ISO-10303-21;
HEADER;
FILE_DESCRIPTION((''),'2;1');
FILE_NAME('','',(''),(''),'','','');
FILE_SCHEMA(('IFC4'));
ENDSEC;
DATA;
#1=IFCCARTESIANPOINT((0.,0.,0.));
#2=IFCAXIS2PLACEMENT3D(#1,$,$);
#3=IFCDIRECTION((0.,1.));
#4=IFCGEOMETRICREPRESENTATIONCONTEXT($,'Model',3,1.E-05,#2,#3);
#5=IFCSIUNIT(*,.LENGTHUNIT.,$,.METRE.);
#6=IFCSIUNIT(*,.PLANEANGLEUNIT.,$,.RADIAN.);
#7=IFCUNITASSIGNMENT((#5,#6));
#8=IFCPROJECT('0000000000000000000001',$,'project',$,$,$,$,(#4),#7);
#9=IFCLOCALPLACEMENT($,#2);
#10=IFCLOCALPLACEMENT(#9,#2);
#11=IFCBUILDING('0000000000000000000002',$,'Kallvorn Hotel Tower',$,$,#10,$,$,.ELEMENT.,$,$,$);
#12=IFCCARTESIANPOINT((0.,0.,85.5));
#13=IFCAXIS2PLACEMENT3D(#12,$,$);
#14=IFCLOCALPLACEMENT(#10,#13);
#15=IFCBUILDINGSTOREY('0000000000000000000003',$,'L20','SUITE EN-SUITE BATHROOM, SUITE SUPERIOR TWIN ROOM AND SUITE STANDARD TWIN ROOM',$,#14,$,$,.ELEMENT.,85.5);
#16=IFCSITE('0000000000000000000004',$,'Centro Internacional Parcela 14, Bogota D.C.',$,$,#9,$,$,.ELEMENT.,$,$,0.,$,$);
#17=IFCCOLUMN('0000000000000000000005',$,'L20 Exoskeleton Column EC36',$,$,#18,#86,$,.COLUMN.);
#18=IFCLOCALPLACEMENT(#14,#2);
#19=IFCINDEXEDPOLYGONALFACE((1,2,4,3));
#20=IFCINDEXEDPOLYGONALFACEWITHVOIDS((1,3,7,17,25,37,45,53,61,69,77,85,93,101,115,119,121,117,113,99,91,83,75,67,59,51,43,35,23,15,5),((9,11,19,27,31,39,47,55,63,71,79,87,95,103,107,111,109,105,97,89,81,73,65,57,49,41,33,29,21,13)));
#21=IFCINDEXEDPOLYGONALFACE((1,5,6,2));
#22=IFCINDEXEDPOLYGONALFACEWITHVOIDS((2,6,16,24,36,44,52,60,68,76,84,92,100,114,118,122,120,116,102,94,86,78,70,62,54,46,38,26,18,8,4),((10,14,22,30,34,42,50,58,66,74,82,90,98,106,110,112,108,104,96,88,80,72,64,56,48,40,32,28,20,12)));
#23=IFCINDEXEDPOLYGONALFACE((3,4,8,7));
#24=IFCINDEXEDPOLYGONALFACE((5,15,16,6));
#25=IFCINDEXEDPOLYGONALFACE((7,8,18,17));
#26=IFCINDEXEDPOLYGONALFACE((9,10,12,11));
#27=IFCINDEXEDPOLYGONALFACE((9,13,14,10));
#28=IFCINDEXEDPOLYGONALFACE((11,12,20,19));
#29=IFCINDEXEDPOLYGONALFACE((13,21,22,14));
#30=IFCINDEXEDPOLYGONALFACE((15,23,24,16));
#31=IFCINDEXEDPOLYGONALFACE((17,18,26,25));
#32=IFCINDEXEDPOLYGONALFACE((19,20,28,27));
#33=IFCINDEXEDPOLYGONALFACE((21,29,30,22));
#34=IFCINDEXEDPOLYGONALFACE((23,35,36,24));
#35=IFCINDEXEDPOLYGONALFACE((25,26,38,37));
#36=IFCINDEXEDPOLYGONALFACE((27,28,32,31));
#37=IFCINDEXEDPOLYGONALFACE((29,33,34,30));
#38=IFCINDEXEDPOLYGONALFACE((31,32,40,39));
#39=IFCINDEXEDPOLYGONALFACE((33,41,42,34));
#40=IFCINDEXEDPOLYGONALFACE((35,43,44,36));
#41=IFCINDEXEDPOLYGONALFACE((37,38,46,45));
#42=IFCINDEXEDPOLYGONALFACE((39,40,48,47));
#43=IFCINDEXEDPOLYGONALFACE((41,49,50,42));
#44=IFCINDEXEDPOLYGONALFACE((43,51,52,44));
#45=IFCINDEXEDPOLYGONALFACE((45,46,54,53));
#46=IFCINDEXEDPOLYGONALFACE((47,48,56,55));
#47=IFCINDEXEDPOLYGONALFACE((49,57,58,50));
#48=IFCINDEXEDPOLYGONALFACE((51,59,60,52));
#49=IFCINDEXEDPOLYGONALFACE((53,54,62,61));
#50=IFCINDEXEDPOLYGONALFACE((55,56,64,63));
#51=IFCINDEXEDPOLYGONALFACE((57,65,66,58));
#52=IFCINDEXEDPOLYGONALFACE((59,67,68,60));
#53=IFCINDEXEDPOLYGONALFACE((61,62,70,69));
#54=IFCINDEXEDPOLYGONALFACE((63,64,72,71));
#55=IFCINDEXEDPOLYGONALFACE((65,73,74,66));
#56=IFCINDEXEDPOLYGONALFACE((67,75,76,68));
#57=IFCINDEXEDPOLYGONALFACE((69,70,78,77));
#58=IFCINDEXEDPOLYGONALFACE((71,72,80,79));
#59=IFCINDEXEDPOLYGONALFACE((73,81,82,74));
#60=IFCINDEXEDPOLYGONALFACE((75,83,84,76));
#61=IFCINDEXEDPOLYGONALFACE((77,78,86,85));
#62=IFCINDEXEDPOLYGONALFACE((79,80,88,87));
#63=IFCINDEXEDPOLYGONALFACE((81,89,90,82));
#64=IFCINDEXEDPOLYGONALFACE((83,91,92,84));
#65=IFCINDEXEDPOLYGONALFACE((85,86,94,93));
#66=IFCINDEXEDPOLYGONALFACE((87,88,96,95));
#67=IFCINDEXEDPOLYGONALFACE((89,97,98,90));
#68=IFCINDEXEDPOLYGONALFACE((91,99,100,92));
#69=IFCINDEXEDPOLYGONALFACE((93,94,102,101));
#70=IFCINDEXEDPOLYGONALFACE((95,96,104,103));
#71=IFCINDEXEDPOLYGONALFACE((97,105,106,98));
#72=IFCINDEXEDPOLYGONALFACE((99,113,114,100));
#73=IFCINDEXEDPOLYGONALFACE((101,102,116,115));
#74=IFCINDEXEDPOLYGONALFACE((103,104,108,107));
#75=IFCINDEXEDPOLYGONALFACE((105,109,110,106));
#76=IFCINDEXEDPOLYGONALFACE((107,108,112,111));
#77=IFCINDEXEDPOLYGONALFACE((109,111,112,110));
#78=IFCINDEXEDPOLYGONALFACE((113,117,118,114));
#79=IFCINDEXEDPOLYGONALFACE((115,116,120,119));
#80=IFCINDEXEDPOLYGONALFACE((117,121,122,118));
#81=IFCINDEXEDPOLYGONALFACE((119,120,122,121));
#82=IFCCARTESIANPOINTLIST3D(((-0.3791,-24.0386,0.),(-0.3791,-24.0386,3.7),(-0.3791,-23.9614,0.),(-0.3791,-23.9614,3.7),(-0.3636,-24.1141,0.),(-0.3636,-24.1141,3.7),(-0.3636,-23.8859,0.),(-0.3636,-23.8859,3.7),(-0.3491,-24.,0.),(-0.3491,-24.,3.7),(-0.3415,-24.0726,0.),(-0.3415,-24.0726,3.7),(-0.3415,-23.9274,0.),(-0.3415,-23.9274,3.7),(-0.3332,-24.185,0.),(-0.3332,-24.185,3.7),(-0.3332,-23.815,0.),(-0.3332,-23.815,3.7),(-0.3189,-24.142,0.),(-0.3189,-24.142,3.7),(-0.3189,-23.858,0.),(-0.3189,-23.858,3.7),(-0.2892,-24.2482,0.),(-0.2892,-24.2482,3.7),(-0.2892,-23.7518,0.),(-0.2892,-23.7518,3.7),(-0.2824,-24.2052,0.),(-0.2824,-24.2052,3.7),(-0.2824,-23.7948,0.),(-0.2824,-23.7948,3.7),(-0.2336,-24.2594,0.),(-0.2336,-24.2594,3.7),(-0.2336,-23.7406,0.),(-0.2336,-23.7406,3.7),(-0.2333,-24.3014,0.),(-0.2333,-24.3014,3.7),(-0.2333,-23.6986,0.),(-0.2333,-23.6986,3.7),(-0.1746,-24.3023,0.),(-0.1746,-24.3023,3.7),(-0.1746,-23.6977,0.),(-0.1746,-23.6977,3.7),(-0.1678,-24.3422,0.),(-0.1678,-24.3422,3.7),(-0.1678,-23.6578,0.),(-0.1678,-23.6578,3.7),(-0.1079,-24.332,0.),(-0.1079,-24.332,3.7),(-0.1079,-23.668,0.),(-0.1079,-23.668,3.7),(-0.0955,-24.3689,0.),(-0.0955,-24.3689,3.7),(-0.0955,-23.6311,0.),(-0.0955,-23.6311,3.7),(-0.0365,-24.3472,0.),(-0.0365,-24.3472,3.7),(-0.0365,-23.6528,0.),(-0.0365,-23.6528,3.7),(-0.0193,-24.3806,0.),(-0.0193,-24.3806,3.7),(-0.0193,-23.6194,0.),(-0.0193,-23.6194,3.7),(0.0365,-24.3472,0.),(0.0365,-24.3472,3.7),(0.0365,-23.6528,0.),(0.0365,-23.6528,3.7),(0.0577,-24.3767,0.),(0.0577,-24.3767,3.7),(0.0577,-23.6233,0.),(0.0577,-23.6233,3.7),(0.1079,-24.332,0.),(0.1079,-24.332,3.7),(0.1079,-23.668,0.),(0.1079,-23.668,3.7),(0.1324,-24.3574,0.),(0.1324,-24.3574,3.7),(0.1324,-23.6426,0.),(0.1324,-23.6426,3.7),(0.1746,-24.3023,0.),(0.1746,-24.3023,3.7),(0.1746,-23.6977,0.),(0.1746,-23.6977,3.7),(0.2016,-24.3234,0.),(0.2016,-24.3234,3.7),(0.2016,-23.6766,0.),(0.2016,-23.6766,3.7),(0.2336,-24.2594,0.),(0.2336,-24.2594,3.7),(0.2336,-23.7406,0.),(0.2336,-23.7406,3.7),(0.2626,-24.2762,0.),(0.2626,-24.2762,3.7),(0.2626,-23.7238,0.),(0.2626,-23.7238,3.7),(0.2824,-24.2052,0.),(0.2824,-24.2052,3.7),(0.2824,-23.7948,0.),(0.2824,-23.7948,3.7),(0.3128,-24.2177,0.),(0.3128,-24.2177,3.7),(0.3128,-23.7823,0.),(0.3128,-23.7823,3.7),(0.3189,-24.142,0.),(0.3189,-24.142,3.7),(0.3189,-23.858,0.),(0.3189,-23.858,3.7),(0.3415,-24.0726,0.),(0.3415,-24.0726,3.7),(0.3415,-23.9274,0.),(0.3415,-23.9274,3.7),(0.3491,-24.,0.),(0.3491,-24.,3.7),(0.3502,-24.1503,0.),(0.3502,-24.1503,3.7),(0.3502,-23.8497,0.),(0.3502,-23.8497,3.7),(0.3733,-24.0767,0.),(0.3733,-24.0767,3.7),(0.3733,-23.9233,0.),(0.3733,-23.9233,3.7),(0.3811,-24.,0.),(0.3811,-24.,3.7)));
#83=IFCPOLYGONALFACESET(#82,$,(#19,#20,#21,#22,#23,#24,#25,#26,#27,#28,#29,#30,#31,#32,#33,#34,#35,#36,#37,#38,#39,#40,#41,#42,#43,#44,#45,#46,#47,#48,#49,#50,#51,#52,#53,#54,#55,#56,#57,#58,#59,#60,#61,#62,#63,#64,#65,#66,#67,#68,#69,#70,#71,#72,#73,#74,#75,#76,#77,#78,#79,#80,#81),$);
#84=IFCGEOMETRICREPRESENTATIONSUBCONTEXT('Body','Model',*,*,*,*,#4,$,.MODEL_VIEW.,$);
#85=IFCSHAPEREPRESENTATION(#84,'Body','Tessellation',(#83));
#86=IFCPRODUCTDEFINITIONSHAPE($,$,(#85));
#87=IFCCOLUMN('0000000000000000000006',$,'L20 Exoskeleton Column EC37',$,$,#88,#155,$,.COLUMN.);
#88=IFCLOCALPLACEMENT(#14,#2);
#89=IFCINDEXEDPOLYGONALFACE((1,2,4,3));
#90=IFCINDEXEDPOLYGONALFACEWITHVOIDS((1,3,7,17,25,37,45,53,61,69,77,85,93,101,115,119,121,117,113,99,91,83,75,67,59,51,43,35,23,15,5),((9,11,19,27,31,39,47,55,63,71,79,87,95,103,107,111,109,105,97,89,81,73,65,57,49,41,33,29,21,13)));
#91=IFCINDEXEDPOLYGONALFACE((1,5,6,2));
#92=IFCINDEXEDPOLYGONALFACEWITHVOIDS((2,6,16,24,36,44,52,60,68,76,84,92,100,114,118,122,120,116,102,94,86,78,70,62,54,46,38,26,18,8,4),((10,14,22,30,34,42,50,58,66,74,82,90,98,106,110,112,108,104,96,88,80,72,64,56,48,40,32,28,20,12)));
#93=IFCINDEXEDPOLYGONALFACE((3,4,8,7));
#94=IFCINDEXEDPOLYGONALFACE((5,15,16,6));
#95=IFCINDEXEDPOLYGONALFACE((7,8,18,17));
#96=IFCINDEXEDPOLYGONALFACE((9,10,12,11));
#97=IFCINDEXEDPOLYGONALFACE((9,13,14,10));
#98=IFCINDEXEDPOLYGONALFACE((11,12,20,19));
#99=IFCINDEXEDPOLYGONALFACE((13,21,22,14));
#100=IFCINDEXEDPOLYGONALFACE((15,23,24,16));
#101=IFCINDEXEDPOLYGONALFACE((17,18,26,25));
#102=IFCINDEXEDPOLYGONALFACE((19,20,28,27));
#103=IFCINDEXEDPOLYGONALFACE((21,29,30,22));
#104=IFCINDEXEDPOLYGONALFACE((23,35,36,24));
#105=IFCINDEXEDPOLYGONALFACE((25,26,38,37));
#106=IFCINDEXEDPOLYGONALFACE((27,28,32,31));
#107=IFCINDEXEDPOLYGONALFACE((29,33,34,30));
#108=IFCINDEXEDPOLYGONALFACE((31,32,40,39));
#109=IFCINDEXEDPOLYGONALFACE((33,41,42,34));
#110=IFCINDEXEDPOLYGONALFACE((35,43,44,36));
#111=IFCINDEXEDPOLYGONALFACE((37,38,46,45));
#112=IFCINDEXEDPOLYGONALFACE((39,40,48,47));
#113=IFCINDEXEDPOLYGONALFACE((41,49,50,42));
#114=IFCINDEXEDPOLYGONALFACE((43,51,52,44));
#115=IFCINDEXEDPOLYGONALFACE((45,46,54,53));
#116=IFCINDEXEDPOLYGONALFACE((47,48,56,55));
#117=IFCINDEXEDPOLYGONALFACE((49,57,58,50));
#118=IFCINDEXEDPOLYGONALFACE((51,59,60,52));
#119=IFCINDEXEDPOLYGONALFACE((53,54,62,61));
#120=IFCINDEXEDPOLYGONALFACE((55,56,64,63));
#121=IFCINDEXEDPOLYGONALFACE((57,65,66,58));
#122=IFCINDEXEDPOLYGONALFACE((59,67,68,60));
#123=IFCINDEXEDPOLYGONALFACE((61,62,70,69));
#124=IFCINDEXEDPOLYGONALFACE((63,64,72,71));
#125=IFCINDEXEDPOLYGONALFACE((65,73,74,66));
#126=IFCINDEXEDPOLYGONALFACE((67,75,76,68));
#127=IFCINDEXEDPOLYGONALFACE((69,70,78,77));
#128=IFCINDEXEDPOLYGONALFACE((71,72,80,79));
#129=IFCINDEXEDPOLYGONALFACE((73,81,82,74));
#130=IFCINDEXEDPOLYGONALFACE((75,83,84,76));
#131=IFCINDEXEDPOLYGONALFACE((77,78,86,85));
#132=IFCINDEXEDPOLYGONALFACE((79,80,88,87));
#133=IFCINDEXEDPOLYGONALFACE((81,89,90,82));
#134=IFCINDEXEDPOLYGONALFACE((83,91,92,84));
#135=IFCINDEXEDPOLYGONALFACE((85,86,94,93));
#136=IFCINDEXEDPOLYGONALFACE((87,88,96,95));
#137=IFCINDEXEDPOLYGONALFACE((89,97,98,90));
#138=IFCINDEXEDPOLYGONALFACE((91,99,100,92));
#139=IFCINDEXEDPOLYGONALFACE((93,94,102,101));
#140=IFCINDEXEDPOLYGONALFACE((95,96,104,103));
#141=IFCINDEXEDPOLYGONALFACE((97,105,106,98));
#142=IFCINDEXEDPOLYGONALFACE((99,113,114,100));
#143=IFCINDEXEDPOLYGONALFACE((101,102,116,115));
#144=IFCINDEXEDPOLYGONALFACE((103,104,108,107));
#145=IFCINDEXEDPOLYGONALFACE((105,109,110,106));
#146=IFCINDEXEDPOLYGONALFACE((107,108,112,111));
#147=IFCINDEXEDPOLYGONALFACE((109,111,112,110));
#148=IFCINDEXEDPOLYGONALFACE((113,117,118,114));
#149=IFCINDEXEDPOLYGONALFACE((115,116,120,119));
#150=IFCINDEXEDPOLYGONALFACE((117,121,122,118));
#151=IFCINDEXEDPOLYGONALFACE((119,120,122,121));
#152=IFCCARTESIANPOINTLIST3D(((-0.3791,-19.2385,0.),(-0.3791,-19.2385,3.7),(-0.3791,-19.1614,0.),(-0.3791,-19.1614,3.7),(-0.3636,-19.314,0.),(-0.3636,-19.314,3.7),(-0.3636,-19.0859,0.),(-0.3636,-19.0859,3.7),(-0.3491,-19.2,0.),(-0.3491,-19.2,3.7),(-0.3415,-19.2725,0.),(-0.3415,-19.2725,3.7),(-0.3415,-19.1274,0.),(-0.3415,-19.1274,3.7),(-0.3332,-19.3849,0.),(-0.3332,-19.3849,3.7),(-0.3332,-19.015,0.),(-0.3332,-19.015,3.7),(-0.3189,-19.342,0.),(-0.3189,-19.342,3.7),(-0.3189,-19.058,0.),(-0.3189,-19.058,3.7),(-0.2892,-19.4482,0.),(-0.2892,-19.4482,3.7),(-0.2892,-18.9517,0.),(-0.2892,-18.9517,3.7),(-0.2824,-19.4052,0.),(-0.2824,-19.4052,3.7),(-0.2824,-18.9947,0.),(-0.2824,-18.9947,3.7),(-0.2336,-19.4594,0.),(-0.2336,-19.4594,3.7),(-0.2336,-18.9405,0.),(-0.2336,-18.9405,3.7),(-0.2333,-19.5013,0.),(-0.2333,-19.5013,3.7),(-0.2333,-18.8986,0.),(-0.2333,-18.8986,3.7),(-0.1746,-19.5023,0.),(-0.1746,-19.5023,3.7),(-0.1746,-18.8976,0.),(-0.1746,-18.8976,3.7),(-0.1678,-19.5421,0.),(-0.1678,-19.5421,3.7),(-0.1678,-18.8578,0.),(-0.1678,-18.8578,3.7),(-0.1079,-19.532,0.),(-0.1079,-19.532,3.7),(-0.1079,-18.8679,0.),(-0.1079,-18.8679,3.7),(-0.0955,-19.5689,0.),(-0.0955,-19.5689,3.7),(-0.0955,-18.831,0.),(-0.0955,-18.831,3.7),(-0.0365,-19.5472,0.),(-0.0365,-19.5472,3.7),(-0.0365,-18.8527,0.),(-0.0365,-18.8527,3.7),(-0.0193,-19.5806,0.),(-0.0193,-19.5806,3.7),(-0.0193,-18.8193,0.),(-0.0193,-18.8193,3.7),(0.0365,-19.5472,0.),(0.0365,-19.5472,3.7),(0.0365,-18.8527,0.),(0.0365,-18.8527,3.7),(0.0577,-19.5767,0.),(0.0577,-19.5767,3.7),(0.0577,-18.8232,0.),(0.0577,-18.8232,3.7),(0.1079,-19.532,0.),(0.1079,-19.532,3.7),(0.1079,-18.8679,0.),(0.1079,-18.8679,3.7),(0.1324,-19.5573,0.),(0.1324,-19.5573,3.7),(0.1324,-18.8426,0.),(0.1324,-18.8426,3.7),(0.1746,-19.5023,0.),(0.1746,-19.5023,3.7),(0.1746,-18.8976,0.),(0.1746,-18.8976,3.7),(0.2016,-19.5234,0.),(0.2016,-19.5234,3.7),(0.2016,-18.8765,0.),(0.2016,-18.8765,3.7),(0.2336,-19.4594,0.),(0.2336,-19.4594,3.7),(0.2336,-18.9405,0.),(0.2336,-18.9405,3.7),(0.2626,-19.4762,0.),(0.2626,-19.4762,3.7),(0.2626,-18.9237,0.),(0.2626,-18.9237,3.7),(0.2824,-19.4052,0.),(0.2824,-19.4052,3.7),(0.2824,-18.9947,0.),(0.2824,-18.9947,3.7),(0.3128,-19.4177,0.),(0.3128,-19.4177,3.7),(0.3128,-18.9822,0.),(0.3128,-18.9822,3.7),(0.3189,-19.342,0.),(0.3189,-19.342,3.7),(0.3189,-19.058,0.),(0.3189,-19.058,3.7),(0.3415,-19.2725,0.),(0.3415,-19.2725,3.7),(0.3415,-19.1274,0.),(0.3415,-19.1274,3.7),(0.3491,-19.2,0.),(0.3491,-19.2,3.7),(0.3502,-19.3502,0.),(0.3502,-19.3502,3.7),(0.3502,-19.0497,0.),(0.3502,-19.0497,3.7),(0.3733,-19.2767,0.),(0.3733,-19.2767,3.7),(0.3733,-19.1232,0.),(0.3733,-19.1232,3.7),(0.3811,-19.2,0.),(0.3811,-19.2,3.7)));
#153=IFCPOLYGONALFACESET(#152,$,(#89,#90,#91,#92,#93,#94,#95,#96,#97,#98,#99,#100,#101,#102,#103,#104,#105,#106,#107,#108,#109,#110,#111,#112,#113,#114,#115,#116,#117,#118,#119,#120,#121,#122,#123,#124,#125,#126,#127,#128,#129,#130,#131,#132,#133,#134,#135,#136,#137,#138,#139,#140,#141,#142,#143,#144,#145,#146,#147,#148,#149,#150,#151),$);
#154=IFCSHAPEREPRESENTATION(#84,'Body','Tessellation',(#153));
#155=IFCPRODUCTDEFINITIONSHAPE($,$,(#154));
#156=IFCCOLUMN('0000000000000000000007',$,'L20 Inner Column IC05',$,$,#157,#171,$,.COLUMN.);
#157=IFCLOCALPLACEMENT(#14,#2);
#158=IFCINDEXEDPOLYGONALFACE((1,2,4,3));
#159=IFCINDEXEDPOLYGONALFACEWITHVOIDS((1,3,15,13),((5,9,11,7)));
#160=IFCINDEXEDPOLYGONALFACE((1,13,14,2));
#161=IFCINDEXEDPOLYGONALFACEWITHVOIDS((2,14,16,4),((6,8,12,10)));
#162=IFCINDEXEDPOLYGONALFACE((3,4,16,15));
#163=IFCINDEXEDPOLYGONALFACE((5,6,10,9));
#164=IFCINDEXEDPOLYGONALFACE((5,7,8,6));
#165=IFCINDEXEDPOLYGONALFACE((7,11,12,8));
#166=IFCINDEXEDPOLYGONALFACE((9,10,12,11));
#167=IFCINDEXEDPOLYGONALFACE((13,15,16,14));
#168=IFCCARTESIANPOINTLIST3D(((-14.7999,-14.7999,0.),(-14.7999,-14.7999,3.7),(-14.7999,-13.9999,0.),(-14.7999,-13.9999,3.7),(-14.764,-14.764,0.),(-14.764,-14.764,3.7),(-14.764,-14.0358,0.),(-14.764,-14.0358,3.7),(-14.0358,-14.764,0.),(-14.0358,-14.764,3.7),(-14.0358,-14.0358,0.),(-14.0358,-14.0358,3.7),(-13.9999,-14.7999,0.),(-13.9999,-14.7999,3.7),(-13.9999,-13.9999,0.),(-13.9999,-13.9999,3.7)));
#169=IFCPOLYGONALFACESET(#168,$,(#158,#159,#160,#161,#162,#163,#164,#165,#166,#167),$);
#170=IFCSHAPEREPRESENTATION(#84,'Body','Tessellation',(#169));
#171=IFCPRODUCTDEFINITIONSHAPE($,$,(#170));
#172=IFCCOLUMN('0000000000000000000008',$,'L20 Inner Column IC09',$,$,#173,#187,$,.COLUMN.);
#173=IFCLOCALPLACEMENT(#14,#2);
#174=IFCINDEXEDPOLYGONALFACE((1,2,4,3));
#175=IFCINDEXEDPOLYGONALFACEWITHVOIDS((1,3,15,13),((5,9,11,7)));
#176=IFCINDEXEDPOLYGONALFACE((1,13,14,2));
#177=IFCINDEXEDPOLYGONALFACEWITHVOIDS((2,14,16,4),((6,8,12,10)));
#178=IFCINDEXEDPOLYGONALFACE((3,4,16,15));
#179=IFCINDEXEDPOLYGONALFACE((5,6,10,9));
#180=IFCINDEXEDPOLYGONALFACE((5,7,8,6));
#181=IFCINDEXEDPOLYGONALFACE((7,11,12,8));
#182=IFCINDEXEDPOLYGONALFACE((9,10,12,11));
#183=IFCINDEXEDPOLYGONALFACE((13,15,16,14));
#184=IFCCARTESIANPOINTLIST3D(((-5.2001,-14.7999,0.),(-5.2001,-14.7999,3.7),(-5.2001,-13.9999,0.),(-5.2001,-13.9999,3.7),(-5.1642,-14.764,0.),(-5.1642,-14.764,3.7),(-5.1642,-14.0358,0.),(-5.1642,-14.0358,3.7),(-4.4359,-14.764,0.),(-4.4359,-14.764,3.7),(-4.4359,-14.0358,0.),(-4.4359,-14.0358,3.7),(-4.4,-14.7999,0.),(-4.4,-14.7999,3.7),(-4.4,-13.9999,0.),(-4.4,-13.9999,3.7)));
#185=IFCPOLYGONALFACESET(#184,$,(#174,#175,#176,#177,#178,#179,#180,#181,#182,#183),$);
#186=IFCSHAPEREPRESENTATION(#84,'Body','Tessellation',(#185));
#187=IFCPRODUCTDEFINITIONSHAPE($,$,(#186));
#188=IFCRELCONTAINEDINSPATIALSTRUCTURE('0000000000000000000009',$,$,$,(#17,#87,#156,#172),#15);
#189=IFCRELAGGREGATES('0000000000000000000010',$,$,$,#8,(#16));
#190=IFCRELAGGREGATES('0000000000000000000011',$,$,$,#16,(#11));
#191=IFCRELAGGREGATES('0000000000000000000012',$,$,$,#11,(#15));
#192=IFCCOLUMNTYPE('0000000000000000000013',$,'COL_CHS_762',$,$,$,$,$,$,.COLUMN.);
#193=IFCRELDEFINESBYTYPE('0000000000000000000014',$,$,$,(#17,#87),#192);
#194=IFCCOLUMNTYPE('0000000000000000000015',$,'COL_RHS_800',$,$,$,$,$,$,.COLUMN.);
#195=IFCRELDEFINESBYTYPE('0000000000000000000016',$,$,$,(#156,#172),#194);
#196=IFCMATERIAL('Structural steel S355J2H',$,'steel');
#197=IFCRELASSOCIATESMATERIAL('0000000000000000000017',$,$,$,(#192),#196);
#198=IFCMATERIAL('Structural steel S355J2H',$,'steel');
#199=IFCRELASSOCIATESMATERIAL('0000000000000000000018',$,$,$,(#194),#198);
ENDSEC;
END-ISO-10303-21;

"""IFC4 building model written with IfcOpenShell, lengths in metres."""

from ifc_helpers import new_model, si_unit, direction, frame, origin, origin_2d, place, context, subcontext, project, spatial, hollow_rectangle, hollow_circle, extrude, material, material_profile, profile_set, type_object, element, save


model = new_model("IFC4")

# Units and contexts
model_context = context("Model", 3, precision=1e-05, world=origin(), true_north=direction((0.0, 1.0)))
body_context = subcontext(model_context, "Body", "Model", "MODEL_VIEW")
ifc_project = project(units=[si_unit("LENGTHUNIT", "METRE"), si_unit("PLANEANGLEUNIT", "RADIAN")], contexts=[model_context])

# Site, building, storey
site_placement = place(None, origin())
site = spatial("IfcSite", under=ifc_project, at=site_placement, Name="Centro Internacional Parcela 14, Bogota D.C.", CompositionType="ELEMENT", RefElevation=0.0)
building_placement = place(site_placement, origin())
building = spatial("IfcBuilding", under=site, at=building_placement, Name="Kallvorn Hotel Tower", CompositionType="ELEMENT")
storey_placement = place(building_placement, frame((0.0, 0.0, 85.5)))
storey = spatial("IfcBuildingStorey", under=building, at=storey_placement, Name="L20", Description="SUITE EN-SUITE BATHROOM, SUITE SUPERIOR TWIN ROOM AND SUITE STANDARD TWIN ROOM", CompositionType="ELEMENT", Elevation=85.5)

# Columns
ifc_material_1 = material(Name="Structural steel S355J2H", Category="steel")
ifc_material_profile_1 = material_profile(ifc_material_1, hollow_circle(Radius=0.3811, WallThickness=0.032, at=origin_2d()), Name="CHS 762x32")
ifc_profile_set_1 = profile_set([ifc_material_profile_1], Name="Structural steel S355J2H")
column_type_1 = type_object("IfcColumnType", Name="COL_CHS_762", PredefinedType="COLUMN", material=ifc_profile_set_1)
for number, where, z_axis, x_axis, name in (
    (1, (0.0, -24.0, 0.0), (0.0, 0.0, 1.0), (1.0, 0.0, 0.0), "L20 Exoskeleton Column EC36"),
    (2, (0.0, -19.2, 0.0), (0.0, 0.0, 1.0), (1.0, 0.0, 0.0), "L20 Exoskeleton Column EC37"),
):
    element("IfcColumn", number, at=place(storey_placement, frame(where, z_axis=z_axis, x_axis=x_axis)), inside=storey, type_object=column_type_1, Name=name, PredefinedType="COLUMN", context=body_context, shape_type="SweptSolid", body=[
        extrude(hollow_circle(Radius=0.3811, WallThickness=0.032, at=origin_2d()), origin(), (0.0, 0.0, 1.0), 3.7),
    ])
ifc_material_2 = material(Name="Structural steel S355J2H", Category="steel")
ifc_material_profile_2 = material_profile(ifc_material_2, hollow_rectangle(XDim=0.8, YDim=0.8, WallThickness=0.0359, at=origin_2d()), Name="RHS 800x800x36")
ifc_profile_set_2 = profile_set([ifc_material_profile_2], Name="Structural steel S355J2H")
column_type_2 = type_object("IfcColumnType", Name="COL_RHS_800", PredefinedType="COLUMN", material=ifc_profile_set_2)
for number, where, z_axis, x_axis, name in (
    (3, (-14.3999, -14.3999, 0.0), (0.0, 0.0, 1.0), (1.0, 0.0, 0.0), "L20 Inner Column IC05"),
    (4, (-4.8, -14.3999, 0.0), (0.0, 0.0, 1.0), (1.0, 0.0, 0.0), "L20 Inner Column IC09"),
):
    element("IfcColumn", number, at=place(storey_placement, frame(where, z_axis=z_axis, x_axis=x_axis)), inside=storey, type_object=column_type_2, Name=name, PredefinedType="COLUMN", context=body_context, shape_type="SweptSolid", body=[
        extrude(hollow_rectangle(XDim=0.8, YDim=0.8, WallThickness=0.0359, at=origin_2d()), origin(), (0.0, 0.0, 1.0), 3.7),
    ])

save(model, "model.ifc")
